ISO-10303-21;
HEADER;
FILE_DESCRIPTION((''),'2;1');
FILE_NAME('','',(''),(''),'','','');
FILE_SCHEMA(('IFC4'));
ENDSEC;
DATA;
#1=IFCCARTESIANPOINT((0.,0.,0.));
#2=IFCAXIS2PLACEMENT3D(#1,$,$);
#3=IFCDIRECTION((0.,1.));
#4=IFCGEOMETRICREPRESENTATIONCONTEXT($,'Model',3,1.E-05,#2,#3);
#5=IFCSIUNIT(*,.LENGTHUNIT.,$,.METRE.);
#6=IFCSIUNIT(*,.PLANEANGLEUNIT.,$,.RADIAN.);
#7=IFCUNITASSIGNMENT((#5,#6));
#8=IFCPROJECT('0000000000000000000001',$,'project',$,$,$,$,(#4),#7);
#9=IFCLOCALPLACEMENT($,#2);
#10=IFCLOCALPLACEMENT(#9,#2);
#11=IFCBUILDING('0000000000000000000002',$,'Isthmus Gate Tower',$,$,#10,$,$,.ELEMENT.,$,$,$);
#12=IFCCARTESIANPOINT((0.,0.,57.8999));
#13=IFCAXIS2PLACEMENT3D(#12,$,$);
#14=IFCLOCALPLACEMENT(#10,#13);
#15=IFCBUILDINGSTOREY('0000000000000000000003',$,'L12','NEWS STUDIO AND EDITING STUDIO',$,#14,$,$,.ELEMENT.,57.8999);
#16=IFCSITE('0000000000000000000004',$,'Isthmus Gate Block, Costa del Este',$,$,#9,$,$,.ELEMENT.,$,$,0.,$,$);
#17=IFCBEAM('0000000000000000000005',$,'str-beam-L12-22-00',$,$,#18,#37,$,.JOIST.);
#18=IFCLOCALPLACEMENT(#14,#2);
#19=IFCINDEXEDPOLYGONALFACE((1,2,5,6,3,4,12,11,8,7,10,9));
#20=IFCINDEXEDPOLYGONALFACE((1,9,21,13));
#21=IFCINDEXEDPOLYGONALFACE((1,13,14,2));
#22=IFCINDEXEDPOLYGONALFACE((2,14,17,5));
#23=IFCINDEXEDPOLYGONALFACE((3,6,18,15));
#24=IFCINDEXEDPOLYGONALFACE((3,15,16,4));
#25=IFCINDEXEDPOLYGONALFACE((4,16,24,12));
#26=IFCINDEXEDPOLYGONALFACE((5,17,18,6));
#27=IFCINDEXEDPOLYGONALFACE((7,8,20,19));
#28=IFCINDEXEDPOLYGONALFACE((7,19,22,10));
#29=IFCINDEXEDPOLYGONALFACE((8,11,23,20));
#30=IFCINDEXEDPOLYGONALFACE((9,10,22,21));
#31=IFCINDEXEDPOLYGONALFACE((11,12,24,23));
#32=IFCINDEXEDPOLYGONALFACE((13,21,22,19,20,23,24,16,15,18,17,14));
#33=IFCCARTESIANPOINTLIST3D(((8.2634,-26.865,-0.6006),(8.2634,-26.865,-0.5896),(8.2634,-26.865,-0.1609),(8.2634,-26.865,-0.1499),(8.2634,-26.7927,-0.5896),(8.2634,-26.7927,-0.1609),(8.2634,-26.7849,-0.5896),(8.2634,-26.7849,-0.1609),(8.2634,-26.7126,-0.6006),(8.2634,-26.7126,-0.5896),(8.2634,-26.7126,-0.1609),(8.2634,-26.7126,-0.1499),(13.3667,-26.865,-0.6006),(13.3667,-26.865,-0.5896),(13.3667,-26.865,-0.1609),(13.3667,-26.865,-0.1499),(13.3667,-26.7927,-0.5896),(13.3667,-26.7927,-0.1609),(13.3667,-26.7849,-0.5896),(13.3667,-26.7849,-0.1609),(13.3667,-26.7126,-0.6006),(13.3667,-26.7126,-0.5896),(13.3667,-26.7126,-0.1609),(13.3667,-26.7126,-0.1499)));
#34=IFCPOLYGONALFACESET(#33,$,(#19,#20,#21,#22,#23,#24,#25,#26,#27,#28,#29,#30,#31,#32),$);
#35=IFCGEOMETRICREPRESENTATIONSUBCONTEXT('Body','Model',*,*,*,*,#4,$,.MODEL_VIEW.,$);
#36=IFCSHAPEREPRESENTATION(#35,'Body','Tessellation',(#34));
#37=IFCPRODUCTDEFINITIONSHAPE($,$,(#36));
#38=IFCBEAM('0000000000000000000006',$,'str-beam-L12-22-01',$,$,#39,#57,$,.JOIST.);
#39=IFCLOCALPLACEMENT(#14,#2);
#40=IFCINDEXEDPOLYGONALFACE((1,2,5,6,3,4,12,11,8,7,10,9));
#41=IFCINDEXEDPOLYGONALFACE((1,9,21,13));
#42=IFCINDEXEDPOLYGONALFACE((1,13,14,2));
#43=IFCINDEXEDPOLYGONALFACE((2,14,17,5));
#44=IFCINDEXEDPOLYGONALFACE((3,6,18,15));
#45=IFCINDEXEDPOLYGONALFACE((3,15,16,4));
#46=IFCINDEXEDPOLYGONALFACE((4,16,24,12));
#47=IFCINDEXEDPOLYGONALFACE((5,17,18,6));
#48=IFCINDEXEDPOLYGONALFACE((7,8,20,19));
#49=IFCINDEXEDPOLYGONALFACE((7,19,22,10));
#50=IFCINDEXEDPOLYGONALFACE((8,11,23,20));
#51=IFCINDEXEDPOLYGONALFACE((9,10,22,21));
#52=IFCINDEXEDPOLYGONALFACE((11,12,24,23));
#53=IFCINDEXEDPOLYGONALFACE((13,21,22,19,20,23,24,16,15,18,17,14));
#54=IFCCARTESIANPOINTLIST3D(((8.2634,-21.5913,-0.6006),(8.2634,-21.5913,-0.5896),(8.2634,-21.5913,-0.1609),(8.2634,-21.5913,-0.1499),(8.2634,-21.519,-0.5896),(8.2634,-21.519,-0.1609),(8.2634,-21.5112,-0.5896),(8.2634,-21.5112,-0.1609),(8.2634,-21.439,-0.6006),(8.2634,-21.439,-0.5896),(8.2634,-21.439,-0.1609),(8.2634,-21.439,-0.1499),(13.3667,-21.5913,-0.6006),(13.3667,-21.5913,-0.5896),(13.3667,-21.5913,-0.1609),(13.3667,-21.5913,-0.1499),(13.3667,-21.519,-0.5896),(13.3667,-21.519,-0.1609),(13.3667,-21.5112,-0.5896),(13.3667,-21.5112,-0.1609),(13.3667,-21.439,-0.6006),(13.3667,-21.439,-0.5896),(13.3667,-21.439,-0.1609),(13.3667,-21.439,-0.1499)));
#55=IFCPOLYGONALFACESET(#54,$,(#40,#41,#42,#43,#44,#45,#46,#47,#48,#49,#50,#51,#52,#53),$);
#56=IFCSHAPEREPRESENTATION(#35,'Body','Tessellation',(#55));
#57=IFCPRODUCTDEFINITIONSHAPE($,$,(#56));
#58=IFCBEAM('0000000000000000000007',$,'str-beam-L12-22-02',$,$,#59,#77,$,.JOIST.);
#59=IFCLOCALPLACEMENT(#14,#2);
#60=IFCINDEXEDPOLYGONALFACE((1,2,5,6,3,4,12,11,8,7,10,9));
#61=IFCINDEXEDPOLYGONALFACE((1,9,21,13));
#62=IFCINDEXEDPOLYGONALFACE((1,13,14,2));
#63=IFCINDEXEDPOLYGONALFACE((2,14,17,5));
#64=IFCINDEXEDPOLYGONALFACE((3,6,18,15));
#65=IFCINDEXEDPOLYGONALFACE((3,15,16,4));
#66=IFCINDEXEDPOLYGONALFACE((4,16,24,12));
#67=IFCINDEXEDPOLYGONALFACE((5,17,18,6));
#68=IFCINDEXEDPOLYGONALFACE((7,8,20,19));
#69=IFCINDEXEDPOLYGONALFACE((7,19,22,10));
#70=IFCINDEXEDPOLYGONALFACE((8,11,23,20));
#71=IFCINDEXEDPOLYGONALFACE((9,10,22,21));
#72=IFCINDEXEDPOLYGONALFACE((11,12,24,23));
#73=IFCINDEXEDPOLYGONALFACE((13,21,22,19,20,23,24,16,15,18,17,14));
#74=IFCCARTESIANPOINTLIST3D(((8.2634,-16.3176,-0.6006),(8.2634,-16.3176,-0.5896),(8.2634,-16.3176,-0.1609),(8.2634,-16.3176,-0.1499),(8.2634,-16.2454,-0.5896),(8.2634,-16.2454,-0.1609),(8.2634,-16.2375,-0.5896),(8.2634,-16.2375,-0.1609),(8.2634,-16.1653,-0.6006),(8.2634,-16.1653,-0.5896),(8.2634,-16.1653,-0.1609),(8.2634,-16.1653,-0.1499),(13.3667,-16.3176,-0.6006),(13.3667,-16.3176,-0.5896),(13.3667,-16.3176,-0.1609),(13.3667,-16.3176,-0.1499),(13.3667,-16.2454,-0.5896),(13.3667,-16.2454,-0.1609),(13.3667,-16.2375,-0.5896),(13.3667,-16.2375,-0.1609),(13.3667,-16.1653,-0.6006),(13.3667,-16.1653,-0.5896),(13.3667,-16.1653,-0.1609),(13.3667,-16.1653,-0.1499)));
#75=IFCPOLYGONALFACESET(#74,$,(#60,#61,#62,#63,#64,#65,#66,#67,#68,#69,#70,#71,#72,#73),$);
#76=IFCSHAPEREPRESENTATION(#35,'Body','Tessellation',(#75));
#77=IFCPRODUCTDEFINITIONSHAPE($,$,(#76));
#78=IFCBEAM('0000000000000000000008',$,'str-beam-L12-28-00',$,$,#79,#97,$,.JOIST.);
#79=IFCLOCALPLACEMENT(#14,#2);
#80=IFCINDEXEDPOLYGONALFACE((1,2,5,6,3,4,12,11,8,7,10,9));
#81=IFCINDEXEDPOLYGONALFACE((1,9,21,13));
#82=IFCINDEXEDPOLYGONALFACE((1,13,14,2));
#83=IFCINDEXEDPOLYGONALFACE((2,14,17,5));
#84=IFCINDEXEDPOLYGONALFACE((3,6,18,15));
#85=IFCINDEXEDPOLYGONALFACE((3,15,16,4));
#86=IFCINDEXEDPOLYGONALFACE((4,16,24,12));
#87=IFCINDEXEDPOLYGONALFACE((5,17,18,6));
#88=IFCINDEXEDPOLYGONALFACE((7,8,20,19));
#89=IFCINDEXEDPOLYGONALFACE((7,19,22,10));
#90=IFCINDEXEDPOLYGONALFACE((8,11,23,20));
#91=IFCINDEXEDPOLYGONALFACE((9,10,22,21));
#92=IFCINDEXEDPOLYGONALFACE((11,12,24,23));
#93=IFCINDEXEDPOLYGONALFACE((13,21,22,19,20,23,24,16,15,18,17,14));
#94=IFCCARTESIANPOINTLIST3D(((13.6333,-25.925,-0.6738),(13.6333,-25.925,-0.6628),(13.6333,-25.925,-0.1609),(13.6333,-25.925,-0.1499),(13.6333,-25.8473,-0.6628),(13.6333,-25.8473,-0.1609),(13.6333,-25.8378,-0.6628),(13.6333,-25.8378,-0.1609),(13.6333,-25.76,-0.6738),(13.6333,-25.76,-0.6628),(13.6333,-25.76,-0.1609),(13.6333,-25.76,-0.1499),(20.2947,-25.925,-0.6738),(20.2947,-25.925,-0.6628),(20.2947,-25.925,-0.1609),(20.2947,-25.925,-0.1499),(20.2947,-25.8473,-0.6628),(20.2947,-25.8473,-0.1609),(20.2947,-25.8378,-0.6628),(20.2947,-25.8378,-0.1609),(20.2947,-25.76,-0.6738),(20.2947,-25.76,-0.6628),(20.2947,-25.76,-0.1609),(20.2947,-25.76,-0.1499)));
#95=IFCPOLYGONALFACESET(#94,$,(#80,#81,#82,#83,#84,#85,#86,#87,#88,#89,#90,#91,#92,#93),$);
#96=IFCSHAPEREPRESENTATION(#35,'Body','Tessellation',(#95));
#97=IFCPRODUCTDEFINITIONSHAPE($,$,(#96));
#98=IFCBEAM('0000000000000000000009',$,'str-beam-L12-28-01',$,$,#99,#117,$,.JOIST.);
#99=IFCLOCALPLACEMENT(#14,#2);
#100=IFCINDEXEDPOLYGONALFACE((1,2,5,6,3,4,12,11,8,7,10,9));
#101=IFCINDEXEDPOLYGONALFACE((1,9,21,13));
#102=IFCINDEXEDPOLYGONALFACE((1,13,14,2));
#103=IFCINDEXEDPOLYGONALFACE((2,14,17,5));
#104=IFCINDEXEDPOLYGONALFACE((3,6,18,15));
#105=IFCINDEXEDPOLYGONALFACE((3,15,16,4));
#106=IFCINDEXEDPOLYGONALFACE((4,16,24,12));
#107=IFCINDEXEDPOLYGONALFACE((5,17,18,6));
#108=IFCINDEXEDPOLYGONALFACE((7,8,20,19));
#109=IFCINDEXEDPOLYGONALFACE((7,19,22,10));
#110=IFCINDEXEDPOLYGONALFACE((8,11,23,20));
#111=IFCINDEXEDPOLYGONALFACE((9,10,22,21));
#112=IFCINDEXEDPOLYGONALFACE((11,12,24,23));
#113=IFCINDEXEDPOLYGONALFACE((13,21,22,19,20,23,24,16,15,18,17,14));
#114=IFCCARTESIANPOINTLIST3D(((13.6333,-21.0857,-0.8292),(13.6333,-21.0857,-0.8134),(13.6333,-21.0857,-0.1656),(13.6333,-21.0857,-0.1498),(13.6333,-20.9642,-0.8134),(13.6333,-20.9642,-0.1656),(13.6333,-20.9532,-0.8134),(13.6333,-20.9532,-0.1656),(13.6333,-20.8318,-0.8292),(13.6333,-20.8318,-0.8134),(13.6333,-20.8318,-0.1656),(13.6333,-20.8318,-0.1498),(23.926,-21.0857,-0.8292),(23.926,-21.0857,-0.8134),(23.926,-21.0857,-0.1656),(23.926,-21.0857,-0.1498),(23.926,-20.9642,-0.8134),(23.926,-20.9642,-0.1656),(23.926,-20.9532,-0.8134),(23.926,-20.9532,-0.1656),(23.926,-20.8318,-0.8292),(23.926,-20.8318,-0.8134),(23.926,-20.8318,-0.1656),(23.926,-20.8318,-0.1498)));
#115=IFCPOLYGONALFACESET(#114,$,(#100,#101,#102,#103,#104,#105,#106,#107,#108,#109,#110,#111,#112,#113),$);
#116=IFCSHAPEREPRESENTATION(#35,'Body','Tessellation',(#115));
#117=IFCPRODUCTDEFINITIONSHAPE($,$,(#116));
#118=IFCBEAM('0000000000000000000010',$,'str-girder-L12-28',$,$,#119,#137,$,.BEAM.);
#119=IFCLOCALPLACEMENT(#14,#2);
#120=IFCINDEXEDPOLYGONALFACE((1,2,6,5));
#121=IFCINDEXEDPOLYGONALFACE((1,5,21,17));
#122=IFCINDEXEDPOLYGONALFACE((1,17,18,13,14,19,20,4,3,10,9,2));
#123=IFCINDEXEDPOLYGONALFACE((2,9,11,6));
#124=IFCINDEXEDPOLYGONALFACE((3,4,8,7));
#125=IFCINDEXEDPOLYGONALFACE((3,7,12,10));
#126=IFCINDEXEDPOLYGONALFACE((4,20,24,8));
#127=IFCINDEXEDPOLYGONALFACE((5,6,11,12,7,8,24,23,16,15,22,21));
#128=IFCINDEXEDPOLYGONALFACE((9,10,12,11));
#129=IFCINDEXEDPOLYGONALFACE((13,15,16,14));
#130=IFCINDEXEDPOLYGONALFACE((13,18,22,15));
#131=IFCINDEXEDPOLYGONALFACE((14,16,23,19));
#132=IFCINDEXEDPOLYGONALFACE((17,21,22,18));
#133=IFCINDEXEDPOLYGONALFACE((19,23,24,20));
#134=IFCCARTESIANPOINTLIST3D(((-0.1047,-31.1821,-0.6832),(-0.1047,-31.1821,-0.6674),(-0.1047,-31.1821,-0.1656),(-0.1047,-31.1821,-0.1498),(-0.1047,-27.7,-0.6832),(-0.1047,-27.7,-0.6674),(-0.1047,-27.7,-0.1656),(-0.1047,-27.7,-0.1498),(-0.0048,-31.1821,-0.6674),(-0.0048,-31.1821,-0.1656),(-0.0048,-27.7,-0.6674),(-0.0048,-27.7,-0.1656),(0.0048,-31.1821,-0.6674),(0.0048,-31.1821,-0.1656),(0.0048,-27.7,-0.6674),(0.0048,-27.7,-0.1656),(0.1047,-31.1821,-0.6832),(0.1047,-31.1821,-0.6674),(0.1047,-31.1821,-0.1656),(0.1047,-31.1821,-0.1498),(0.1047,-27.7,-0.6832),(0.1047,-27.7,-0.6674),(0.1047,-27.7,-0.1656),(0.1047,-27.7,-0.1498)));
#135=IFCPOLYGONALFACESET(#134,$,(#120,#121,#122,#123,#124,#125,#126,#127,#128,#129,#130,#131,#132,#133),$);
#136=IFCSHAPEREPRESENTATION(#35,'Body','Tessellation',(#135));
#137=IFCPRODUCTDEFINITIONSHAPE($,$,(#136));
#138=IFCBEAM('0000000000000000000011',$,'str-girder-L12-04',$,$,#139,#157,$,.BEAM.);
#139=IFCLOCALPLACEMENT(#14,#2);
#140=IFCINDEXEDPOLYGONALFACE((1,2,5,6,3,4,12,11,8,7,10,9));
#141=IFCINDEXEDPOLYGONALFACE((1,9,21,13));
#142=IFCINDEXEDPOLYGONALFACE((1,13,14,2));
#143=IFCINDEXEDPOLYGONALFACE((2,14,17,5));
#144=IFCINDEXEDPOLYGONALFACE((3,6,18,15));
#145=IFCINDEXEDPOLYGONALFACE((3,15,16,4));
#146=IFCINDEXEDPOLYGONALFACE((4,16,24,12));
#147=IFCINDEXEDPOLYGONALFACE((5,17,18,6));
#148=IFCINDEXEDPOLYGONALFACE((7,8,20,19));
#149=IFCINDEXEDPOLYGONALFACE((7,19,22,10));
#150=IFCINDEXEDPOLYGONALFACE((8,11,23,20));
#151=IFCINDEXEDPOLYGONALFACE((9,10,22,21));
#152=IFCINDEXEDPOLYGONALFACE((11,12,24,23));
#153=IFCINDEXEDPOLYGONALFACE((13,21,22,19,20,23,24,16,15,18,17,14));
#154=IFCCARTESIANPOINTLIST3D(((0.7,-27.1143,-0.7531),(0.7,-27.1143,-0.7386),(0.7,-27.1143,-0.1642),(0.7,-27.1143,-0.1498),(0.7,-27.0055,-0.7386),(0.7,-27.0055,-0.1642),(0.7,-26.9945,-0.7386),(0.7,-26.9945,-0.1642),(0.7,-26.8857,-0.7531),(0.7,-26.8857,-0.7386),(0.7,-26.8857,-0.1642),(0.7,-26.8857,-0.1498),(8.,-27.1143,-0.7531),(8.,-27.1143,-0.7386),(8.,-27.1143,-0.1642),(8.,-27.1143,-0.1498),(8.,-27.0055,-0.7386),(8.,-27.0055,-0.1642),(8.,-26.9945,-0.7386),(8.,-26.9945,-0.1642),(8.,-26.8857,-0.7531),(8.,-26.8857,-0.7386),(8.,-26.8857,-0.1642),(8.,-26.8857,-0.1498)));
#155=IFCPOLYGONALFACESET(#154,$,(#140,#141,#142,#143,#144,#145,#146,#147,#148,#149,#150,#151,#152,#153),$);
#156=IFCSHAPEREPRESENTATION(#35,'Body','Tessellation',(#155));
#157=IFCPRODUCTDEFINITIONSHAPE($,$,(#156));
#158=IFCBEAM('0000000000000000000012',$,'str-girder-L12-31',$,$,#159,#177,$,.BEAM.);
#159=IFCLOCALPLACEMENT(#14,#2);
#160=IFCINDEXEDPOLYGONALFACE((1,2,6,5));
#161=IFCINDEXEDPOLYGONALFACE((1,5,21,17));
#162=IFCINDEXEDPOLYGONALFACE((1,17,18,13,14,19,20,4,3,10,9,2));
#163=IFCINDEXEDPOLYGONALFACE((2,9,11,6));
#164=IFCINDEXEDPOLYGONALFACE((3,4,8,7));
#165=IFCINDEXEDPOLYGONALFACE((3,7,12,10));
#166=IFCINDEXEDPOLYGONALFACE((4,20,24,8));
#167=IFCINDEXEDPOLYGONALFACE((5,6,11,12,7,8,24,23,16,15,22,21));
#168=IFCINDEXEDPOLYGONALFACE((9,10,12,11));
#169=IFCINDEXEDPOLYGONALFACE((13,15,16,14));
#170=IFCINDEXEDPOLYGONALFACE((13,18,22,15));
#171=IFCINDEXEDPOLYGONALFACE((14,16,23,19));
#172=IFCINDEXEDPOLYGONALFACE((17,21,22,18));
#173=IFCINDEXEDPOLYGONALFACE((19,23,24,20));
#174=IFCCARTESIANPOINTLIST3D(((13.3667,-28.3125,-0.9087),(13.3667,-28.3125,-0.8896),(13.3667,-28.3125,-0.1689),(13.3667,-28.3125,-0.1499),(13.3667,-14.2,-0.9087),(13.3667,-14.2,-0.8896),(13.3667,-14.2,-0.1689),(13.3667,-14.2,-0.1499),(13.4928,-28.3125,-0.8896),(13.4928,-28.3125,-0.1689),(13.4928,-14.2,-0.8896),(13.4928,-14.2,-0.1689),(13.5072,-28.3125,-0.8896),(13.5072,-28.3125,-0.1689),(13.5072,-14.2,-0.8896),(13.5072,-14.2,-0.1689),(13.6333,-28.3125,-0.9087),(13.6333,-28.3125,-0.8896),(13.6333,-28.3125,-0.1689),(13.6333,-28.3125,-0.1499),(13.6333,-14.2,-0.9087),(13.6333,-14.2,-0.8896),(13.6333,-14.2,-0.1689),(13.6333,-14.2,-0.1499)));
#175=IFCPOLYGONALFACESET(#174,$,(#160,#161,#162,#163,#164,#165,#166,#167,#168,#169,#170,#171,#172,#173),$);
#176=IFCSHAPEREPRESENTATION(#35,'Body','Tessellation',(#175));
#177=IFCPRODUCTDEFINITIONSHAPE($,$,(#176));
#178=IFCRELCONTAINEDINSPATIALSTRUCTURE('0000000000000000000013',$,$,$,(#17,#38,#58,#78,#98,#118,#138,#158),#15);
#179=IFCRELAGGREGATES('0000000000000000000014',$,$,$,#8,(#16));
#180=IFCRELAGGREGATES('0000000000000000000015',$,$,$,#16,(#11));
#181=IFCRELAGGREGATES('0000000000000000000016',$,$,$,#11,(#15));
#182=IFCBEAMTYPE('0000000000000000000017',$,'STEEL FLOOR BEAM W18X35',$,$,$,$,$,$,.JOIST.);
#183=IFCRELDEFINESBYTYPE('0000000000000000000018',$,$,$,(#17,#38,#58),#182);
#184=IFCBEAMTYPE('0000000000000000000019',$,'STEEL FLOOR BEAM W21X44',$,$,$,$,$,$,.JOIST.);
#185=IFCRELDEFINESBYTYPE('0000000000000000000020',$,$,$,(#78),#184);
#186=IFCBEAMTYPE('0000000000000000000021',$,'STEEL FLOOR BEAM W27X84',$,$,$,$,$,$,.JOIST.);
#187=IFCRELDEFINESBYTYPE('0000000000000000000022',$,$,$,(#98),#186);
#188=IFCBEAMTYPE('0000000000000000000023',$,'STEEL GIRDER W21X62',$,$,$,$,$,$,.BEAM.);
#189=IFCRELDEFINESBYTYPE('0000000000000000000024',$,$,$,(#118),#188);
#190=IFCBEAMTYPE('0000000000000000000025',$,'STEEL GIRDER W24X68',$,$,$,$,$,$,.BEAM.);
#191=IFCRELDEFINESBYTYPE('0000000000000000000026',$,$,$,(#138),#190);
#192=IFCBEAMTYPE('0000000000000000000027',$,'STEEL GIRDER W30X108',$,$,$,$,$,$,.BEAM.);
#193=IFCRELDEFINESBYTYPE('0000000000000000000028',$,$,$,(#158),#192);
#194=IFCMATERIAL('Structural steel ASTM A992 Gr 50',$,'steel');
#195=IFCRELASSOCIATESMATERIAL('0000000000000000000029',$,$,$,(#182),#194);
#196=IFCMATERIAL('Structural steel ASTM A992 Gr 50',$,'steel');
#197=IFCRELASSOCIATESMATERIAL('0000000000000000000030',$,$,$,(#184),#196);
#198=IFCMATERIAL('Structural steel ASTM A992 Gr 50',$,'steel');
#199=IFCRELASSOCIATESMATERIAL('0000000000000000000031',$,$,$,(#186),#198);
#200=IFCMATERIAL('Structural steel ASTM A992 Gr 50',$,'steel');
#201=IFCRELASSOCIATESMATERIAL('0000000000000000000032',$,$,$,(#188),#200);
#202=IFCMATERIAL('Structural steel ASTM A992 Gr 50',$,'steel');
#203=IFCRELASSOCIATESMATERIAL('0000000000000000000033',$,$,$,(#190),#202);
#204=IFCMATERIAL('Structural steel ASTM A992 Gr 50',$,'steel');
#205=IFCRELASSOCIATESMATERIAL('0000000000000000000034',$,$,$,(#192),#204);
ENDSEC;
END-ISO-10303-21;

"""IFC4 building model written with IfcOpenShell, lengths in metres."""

from ifc_helpers import new_model, si_unit, direction, frame, origin, origin_2d, place, context, subcontext, project, spatial, i_section, extrude, material, material_profile, profile_set, type_object, element, save


model = new_model("IFC4")

# Units and contexts
model_context = context("Model", 3, precision=1e-05, world=origin(), true_north=direction((0.0, 1.0)))
body_context = subcontext(model_context, "Body", "Model", "MODEL_VIEW")
ifc_project = project(units=[si_unit("LENGTHUNIT", "METRE"), si_unit("PLANEANGLEUNIT", "RADIAN")], contexts=[model_context])

# Site, building, storey
site_placement = place(None, origin())
site = spatial("IfcSite", under=ifc_project, at=site_placement, Name="Isthmus Gate Block, Costa del Este", CompositionType="ELEMENT", RefElevation=0.0)
building_placement = place(site_placement, origin())
building = spatial("IfcBuilding", under=site, at=building_placement, Name="Isthmus Gate Tower", CompositionType="ELEMENT")
storey_placement = place(building_placement, frame((0.0, 0.0, 57.8999)))
storey = spatial("IfcBuildingStorey", under=building, at=storey_placement, Name="L12", Description="NEWS STUDIO AND EDITING STUDIO", CompositionType="ELEMENT", Elevation=57.8999)

# Beams
ifc_material_1 = material(Name="Structural steel ASTM A992 Gr 50", Category="steel")
ifc_material_profile_1 = material_profile(ifc_material_1, i_section(OverallWidth=0.1523, OverallDepth=0.4507, WebThickness=0.0078, FlangeThickness=0.011, at=origin_2d()), Name="W18X35")
ifc_profile_set_1 = profile_set([ifc_material_profile_1], Name="Structural steel ASTM A992 Gr 50")
beam_type_1 = type_object("IfcBeamType", Name="STEEL FLOOR BEAM W18X35", PredefinedType="JOIST", material=ifc_profile_set_1)
for number, where, z_axis, x_axis, name in (
    (1, (8.2634, -26.7888, -0.3752), (1.0, 0.0, 0.0), (0.0, 1.0, 0.0), "str-beam-L12-22-00"),
    (2, (8.2634, -21.5151, -0.3752), (1.0, 0.0, 0.0), (0.0, 1.0, 0.0), "str-beam-L12-22-01"),
    (3, (8.2634, -16.2415, -0.3752), (1.0, 0.0, 0.0), (0.0, 1.0, 0.0), "str-beam-L12-22-02"),
):
    element("IfcBeam", number, at=place(storey_placement, frame(where, z_axis=z_axis, x_axis=x_axis)), inside=storey, type_object=beam_type_1, Name=name, PredefinedType="JOIST", context=body_context, shape_type="SweptSolid", body=[
        extrude(i_section(OverallWidth=0.1523, OverallDepth=0.4507, WebThickness=0.0078, FlangeThickness=0.011, at=origin_2d()), origin(), (0.0, 0.0, 1.0), 5.1033),
    ])
ifc_material_2 = material(Name="Structural steel ASTM A992 Gr 50", Category="steel")
ifc_material_profile_2 = material_profile(ifc_material_2, i_section(OverallWidth=0.165, OverallDepth=0.5239, WebThickness=0.0095, FlangeThickness=0.011, at=origin_2d()), Name="W21X44")
ifc_profile_set_2 = profile_set([ifc_material_profile_2], Name="Structural steel ASTM A992 Gr 50")
beam_type_2 = type_object("IfcBeamType", Name="STEEL FLOOR BEAM W21X44", PredefinedType="JOIST", material=ifc_profile_set_2)
beam_1_placement = place(storey_placement, frame((13.6333, -25.8425, -0.4119), z_axis=(1.0, 0.0, 0.0), x_axis=(0.0, 1.0, 0.0)))
element("IfcBeam", 4, at=beam_1_placement, inside=storey, type_object=beam_type_2, Name="str-beam-L12-28-00", PredefinedType="JOIST", context=body_context, shape_type="SweptSolid", body=[
    extrude(i_section(OverallWidth=0.165, OverallDepth=0.5239, WebThickness=0.0095, FlangeThickness=0.011, at=origin_2d()), origin(), (0.0, 0.0, 1.0), 6.6614),
])
ifc_material_3 = material(Name="Structural steel ASTM A992 Gr 50", Category="steel")
ifc_material_profile_3 = material_profile(ifc_material_3, i_section(OverallWidth=0.2539, OverallDepth=0.6794, WebThickness=0.011, FlangeThickness=0.0159, at=origin_2d()), Name="W27X84")
ifc_profile_set_3 = profile_set([ifc_material_profile_3], Name="Structural steel ASTM A992 Gr 50")
beam_type_3 = type_object("IfcBeamType", Name="STEEL FLOOR BEAM W27X84", PredefinedType="JOIST", material=ifc_profile_set_3)
beam_2_placement = place(storey_placement, frame((13.6333, -20.9587, -0.4895), z_axis=(1.0, 0.0, 0.0), x_axis=(0.0, 1.0, 0.0)))
element("IfcBeam", 5, at=beam_2_placement, inside=storey, type_object=beam_type_3, Name="str-beam-L12-28-01", PredefinedType="JOIST", context=body_context, shape_type="SweptSolid", body=[
    extrude(i_section(OverallWidth=0.2539, OverallDepth=0.6794, WebThickness=0.011, FlangeThickness=0.0159, at=origin_2d()), origin(), (0.0, 0.0, 1.0), 10.2927),
])
ifc_material_4 = material(Name="Structural steel ASTM A992 Gr 50", Category="steel")
ifc_material_profile_4 = material_profile(ifc_material_4, i_section(OverallWidth=0.2095, OverallDepth=0.5334, WebThickness=0.0095, FlangeThickness=0.0159, at=origin_2d()), Name="W21X62")
ifc_profile_set_4 = profile_set([ifc_material_profile_4], Name="Structural steel ASTM A992 Gr 50")
beam_type_4 = type_object("IfcBeamType", Name="STEEL GIRDER W21X62", PredefinedType="BEAM", material=ifc_profile_set_4)
beam_3_placement = place(storey_placement, frame((0.0, -31.1821, -0.4165), z_axis=(0.0, 1.0, 0.0), x_axis=(-1.0, 0.0, 0.0)))
element("IfcBeam", 6, at=beam_3_placement, inside=storey, type_object=beam_type_4, Name="str-girder-L12-28", PredefinedType="BEAM", context=body_context, shape_type="SweptSolid", body=[
    extrude(i_section(OverallWidth=0.2095, OverallDepth=0.5334, WebThickness=0.0095, FlangeThickness=0.0159, at=origin_2d()), origin(), (0.0, 0.0, 1.0), 3.4822),
])
ifc_material_5 = material(Name="Structural steel ASTM A992 Gr 50", Category="steel")
ifc_material_profile_5 = material_profile(ifc_material_5, i_section(OverallWidth=0.2285, OverallDepth=0.6033, WebThickness=0.011, FlangeThickness=0.0144, at=origin_2d()), Name="W24X68")
ifc_profile_set_5 = profile_set([ifc_material_profile_5], Name="Structural steel ASTM A992 Gr 50")
beam_type_5 = type_object("IfcBeamType", Name="STEEL GIRDER W24X68", PredefinedType="BEAM", material=ifc_profile_set_5)
beam_4_placement = place(storey_placement, frame((0.7, -27.0, -0.4514), z_axis=(1.0, 0.0, 0.0), x_axis=(0.0, 1.0, 0.0)))
element("IfcBeam", 7, at=beam_4_placement, inside=storey, type_object=beam_type_5, Name="str-girder-L12-04", PredefinedType="BEAM", context=body_context, shape_type="SweptSolid", body=[
    extrude(i_section(OverallWidth=0.2285, OverallDepth=0.6033, WebThickness=0.011, FlangeThickness=0.0144, at=origin_2d()), origin(), (0.0, 0.0, 1.0), 7.3),
])
ifc_material_6 = material(Name="Structural steel ASTM A992 Gr 50", Category="steel")
ifc_material_profile_6 = material_profile(ifc_material_6, i_section(OverallWidth=0.2666, OverallDepth=0.7588, WebThickness=0.0144, FlangeThickness=0.019, at=origin_2d()), Name="W30X108")
ifc_profile_set_6 = profile_set([ifc_material_profile_6], Name="Structural steel ASTM A992 Gr 50")
beam_type_6 = type_object("IfcBeamType", Name="STEEL GIRDER W30X108", PredefinedType="BEAM", material=ifc_profile_set_6)
beam_5_placement = place(storey_placement, frame((13.5, -28.3125, -0.5293), z_axis=(0.0, 1.0, 0.0), x_axis=(-1.0, 0.0, 0.0)))
element("IfcBeam", 8, at=beam_5_placement, inside=storey, type_object=beam_type_6, Name="str-girder-L12-31", PredefinedType="BEAM", context=body_context, shape_type="SweptSolid", body=[
    extrude(i_section(OverallWidth=0.2666, OverallDepth=0.7588, WebThickness=0.0144, FlangeThickness=0.019, at=origin_2d()), origin(), (0.0, 0.0, 1.0), 14.1125),
])

save(model, "model.ifc")
